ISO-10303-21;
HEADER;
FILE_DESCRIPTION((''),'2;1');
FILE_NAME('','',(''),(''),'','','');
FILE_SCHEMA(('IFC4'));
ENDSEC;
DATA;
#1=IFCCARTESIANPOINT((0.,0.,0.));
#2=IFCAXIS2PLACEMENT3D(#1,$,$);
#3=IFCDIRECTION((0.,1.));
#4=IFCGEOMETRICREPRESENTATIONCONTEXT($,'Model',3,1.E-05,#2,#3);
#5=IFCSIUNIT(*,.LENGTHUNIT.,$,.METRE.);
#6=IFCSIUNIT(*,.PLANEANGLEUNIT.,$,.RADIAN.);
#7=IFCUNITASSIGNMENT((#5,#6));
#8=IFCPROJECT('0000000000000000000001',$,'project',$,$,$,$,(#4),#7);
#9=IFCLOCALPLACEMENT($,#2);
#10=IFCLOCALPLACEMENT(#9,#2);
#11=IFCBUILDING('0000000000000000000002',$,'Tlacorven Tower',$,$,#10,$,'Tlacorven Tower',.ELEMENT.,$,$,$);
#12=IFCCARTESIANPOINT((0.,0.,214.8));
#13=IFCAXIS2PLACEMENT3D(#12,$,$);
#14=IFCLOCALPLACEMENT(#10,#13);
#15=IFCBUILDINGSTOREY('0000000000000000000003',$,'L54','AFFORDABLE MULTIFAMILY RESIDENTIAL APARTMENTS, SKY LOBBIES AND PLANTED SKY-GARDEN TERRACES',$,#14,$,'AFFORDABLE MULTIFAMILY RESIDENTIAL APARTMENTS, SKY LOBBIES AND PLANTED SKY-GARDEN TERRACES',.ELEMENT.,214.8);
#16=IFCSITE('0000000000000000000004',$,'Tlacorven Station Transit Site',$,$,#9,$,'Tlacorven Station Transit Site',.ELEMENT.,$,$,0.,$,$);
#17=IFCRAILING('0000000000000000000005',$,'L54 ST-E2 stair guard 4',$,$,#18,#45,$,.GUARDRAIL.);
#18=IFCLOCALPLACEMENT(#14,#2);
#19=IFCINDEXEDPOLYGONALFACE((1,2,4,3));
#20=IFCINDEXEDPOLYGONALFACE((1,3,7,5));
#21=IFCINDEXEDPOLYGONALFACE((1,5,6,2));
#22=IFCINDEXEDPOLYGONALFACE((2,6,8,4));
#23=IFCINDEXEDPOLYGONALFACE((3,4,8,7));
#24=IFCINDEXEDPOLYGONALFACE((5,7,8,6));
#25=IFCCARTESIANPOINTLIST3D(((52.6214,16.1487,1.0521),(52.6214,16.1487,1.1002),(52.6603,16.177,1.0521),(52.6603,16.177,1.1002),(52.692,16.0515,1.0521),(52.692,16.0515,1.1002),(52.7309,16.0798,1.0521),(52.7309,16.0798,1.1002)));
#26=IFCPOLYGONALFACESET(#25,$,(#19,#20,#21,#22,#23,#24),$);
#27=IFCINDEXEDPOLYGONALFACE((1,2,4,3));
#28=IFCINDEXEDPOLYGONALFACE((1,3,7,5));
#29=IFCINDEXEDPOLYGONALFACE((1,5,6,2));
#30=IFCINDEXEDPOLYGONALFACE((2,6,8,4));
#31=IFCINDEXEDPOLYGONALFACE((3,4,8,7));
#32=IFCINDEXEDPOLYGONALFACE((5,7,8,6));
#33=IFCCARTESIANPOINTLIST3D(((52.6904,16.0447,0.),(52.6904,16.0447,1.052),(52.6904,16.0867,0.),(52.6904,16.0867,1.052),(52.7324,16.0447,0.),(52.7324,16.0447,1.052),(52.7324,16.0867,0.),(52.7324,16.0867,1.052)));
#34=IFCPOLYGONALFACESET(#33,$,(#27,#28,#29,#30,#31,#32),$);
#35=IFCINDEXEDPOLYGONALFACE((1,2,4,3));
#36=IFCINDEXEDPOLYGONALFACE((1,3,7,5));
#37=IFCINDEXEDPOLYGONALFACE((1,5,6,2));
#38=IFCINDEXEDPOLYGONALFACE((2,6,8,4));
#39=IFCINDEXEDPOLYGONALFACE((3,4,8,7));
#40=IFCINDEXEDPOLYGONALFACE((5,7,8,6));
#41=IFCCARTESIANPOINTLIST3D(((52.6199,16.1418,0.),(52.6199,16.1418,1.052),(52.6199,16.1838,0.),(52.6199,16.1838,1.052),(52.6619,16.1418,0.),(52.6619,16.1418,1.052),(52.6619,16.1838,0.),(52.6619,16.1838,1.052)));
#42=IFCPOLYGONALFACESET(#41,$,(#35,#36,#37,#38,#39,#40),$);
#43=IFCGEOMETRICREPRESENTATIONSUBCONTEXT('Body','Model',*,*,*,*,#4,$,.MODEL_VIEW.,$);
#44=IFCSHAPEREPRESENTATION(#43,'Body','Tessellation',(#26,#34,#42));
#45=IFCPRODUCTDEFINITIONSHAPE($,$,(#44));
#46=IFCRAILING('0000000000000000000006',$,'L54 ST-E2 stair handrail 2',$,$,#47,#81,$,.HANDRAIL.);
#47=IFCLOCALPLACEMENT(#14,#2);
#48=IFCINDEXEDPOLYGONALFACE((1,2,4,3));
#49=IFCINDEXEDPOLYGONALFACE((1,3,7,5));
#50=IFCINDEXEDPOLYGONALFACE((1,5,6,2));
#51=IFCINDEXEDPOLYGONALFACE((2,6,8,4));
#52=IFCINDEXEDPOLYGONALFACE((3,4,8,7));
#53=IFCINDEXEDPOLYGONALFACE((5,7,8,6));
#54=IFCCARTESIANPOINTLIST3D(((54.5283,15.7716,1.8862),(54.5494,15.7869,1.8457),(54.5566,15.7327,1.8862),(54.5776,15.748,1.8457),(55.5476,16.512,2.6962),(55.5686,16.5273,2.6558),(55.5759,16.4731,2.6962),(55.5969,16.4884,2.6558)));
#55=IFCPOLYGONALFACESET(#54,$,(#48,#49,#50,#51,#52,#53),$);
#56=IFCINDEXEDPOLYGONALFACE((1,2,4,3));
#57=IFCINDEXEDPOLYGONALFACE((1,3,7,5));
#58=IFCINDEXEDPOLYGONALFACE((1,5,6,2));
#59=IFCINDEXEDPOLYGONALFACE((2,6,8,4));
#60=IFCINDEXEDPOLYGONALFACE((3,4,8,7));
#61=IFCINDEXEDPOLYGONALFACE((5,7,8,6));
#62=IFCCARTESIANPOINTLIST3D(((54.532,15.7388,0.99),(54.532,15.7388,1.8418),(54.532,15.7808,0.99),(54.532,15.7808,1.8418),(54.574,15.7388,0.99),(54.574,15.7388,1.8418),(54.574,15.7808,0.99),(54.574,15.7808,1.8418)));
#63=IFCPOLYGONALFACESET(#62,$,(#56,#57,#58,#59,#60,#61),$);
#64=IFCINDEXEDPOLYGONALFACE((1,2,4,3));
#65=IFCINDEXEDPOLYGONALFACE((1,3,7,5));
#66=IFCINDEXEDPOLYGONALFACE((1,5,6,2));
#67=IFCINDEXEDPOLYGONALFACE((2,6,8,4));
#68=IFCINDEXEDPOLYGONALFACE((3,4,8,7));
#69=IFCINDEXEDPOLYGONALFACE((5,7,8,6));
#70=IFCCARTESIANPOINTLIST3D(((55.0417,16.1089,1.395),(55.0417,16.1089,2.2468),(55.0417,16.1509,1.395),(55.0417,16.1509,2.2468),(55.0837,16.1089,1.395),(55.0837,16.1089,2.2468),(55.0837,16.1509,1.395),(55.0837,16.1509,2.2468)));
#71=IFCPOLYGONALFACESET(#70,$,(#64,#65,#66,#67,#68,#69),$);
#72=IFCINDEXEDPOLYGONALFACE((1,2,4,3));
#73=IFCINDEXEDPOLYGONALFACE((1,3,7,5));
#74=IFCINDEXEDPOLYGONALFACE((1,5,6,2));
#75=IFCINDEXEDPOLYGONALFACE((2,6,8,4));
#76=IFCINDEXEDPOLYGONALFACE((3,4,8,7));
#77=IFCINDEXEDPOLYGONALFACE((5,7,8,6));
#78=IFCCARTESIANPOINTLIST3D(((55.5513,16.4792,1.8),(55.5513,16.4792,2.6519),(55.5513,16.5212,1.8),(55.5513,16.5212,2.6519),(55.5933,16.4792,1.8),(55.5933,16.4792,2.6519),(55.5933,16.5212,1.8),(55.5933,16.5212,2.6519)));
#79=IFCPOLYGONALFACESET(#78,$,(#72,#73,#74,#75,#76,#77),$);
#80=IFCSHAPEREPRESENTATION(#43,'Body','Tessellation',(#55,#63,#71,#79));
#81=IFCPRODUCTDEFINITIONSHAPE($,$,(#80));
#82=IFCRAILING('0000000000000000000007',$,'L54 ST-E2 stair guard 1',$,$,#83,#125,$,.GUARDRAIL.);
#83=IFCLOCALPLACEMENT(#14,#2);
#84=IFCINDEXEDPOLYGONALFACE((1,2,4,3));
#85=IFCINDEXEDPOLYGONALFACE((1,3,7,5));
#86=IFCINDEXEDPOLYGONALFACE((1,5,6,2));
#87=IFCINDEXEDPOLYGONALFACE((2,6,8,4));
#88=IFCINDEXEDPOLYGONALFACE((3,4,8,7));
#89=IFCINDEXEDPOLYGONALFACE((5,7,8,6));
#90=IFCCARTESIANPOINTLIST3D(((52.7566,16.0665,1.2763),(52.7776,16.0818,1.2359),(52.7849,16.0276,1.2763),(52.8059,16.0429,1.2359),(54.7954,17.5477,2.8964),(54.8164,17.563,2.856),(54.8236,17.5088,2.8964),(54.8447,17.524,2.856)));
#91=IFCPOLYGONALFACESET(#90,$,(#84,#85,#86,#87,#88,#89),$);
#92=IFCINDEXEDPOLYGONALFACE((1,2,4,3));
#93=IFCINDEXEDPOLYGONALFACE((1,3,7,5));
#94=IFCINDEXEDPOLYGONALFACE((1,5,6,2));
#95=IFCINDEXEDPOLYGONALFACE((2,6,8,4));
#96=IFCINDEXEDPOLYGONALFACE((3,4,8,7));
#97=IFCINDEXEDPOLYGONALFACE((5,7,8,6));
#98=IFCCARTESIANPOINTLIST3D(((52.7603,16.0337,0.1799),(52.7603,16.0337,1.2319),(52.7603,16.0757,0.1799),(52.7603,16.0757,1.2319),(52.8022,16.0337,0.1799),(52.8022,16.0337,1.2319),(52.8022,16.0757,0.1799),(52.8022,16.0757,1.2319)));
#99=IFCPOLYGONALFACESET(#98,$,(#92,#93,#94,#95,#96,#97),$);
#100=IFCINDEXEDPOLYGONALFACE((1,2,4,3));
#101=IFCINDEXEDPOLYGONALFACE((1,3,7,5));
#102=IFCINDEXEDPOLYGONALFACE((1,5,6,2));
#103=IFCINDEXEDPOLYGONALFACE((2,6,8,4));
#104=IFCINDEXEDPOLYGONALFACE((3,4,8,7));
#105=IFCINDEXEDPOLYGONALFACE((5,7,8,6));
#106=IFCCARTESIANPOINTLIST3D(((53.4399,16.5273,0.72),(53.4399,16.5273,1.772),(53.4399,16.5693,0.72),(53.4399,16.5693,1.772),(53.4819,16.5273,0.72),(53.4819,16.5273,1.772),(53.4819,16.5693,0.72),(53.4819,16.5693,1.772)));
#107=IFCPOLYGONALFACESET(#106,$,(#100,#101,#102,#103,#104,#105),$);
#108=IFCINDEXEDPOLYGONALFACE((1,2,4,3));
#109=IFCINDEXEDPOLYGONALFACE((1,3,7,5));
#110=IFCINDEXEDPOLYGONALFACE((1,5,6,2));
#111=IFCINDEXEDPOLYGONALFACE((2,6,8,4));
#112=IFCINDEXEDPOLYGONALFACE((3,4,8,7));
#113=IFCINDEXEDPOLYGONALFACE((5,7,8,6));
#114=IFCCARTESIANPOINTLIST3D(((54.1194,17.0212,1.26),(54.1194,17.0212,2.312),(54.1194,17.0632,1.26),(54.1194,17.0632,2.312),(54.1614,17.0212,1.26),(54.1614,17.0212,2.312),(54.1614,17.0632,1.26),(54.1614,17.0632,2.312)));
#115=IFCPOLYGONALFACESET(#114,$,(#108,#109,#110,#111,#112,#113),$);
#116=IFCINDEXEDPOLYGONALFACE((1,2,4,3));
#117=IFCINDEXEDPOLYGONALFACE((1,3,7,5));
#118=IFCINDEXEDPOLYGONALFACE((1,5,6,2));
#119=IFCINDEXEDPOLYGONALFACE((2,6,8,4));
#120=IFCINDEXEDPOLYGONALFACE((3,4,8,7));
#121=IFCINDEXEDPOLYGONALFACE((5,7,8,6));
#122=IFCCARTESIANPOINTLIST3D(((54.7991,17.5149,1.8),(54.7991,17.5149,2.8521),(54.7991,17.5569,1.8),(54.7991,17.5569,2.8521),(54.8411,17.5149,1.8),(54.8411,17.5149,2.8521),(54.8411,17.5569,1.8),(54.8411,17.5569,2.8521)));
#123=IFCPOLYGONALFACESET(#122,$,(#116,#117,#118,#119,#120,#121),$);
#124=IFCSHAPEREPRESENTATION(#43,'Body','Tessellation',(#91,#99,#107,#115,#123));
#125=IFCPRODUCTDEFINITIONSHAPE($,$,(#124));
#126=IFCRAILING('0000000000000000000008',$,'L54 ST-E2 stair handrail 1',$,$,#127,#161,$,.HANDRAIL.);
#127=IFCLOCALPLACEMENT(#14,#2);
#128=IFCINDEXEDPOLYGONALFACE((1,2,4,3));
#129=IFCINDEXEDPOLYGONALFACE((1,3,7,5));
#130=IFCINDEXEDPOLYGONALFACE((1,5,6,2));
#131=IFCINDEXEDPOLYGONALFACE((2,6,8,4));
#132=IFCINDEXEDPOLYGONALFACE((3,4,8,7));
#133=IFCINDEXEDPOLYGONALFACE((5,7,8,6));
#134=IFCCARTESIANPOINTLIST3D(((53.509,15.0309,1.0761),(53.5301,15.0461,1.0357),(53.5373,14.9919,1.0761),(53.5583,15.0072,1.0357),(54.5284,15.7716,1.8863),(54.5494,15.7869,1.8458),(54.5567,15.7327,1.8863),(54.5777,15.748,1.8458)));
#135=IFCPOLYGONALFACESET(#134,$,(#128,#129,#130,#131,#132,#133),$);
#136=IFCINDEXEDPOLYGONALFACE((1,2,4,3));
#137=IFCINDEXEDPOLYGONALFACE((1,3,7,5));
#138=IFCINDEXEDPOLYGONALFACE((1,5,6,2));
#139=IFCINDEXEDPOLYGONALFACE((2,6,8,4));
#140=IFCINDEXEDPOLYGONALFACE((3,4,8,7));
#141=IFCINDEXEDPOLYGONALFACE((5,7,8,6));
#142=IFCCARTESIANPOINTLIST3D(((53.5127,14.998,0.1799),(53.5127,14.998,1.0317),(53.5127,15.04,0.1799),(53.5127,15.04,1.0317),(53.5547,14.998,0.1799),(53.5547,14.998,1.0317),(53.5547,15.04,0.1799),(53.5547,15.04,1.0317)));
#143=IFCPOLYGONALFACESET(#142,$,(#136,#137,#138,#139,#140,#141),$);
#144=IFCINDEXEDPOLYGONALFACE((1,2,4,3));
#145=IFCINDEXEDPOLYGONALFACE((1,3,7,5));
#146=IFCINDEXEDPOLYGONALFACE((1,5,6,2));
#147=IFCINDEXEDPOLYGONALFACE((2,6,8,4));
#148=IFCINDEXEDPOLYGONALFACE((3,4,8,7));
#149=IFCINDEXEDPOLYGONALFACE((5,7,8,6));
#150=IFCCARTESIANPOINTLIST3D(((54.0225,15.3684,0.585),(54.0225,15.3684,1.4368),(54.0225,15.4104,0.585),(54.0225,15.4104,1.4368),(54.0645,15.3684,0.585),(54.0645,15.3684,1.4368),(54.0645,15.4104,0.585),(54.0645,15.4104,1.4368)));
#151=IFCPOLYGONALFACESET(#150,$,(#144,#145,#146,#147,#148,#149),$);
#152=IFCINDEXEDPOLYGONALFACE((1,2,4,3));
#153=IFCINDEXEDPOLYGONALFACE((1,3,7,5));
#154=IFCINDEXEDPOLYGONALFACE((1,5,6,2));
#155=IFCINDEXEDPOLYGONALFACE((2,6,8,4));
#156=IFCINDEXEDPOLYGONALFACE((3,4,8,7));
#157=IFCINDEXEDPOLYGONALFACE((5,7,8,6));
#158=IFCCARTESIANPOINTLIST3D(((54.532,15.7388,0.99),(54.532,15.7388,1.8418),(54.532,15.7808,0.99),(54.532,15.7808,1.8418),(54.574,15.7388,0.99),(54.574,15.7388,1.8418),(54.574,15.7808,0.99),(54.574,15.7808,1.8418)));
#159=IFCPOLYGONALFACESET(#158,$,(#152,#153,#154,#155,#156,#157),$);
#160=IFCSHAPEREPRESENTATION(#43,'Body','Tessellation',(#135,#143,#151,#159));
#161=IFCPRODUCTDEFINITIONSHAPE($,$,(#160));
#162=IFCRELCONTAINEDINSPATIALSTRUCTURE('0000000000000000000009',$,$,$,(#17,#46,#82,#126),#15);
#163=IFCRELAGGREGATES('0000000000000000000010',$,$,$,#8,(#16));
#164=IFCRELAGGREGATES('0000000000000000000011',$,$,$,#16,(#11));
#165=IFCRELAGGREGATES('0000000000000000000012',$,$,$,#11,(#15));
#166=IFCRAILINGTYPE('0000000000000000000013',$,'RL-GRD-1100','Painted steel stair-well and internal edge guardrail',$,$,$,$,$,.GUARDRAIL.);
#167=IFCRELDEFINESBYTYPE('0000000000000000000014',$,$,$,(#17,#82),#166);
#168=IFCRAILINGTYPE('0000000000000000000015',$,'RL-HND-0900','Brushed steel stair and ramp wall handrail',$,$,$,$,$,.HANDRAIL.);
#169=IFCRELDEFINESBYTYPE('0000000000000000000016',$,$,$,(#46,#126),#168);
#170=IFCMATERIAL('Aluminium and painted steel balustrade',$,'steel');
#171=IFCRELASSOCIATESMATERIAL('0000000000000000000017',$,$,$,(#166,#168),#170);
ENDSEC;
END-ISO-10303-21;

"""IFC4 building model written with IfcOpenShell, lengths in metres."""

from ifc_helpers import new_model, si_unit, direction, frame, origin, origin_2d, place, context, subcontext, project, spatial, rectangle, extrude, source, transform, mapped, material, type_object, element, save


model = new_model("IFC4")

# Units and contexts
model_context = context("Model", 3, precision=1e-05, world=origin(), true_north=direction((0.0, 1.0)))
body_context = subcontext(model_context, "Body", "Model", "MODEL_VIEW")
ifc_project = project(units=[si_unit("LENGTHUNIT", "METRE"), si_unit("PLANEANGLEUNIT", "RADIAN")], contexts=[model_context])

# Site, building, storey
site_placement = place(None, origin())
site = spatial("IfcSite", under=ifc_project, at=site_placement, Name="Tlacorven Station Transit Site", LongName="Tlacorven Station Transit Site", CompositionType="ELEMENT", RefElevation=0.0)
building_placement = place(site_placement, origin())
building = spatial("IfcBuilding", under=site, at=building_placement, Name="Tlacorven Tower", LongName="Tlacorven Tower", CompositionType="ELEMENT")
storey_placement = place(building_placement, frame((0.0, 0.0, 214.8)))
storey = spatial("IfcBuildingStorey", under=building, at=storey_placement, Name="L54", Description="AFFORDABLE MULTIFAMILY RESIDENTIAL APARTMENTS, SKY LOBBIES AND PLANTED SKY-GARDEN TERRACES", LongName="AFFORDABLE MULTIFAMILY RESIDENTIAL APARTMENTS, SKY LOBBIES AND PLANTED SKY-GARDEN TERRACES", CompositionType="ELEMENT", Elevation=214.8)

# Railings
ifc_material_1 = material(Name="Aluminium and painted steel balustrade", Category="steel")
railing_type_1 = type_object("IfcRailingType", Name="RL-GRD-1100", Description="Painted steel stair-well and internal edge guardrail", PredefinedType="GUARDRAIL", material=ifc_material_1)
shared_shape_1 = source(origin(), body_context, "Body", "SweptSolid", [
    extrude(rectangle(XDim=0.0481, YDim=0.0481, at=origin_2d()), frame((0.0, 0.0, 1.0762), z_axis=(-0.587567, 0.809175, 0.0), x_axis=(-0.809175, -0.587567, 0.0)), (0.0, 0.0, 1.0), 0.1201),
    extrude(rectangle(XDim=0.042, YDim=0.042, at=origin_2d()), origin(), (0.0, 0.0, 1.0), 1.052),
    extrude(rectangle(XDim=0.042, YDim=0.042, at=origin_2d()), frame((-0.0706, 0.0972, 0.0)), (0.0, 0.0, 1.0), 1.052),
])
railing_1_placement = place(storey_placement, frame((52.7114, 16.0657, 0.0)))
element("IfcRailing", 1, at=railing_1_placement, inside=storey, type_object=railing_type_1, Name="L54 ST-E2 stair guard 4", PredefinedType="GUARDRAIL", context=body_context, shape_type="MappedRepresentation", body=[
    mapped(shared_shape_1, transform((0.0, 0.0, 0.0), scale=1.0)),
])
railing_type_2 = type_object("IfcRailingType", Name="RL-HND-0900", Description="Brushed steel stair and ramp wall handrail", PredefinedType="HANDRAIL", material=ifc_material_1)
shared_shape_2 = source(origin(), body_context, "Body", "SweptSolid", [
    extrude(rectangle(XDim=0.0481, YDim=0.0481, at=origin_2d()), frame((0.0, 0.0, 0.876), z_axis=(0.680516, 0.494373, 0.540827), x_axis=(-0.587745, 0.809046, 0.0)), (0.0, 0.0, 1.0), 1.4978),
    extrude(rectangle(XDim=0.042, YDim=0.042, at=origin_2d()), origin(), (0.0, 0.0, 1.0), 0.8518),
    extrude(rectangle(XDim=0.042, YDim=0.042, at=origin_2d()), frame((0.5098, 0.3701, 0.405)), (0.0, 0.0, 1.0), 0.8518),
    extrude(rectangle(XDim=0.042, YDim=0.042, at=origin_2d()), frame((1.0193, 0.7405, 0.8101)), (0.0, 0.0, 1.0), 0.8518),
])
railing_2_placement = place(storey_placement, frame((54.553, 15.7598, 0.99)))
element("IfcRailing", 2, at=railing_2_placement, inside=storey, type_object=railing_type_2, Name="L54 ST-E2 stair handrail 2", PredefinedType="HANDRAIL", context=body_context, shape_type="MappedRepresentation", body=[
    mapped(shared_shape_2, transform((0.0, 0.0, 0.0), scale=1.0)),
])
shared_shape_3 = source(origin(), body_context, "Body", "SweptSolid", [
    extrude(rectangle(XDim=0.0481, YDim=0.0481, at=origin_2d()), frame((0.0, 0.0, 1.0762), z_axis=(0.680532, 0.494407, 0.540775), x_axis=(-0.587763, 0.809033, 0.0)), (0.0, 0.0, 1.0), 2.9958),
    extrude(rectangle(XDim=0.042, YDim=0.042, at=origin_2d()), origin(), (0.0, 0.0, 1.0), 1.052),
    extrude(rectangle(XDim=0.042, YDim=0.042, at=origin_2d()), frame((0.6797, 0.4937, 0.54)), (0.0, 0.0, 1.0), 1.052),
    extrude(rectangle(XDim=0.042, YDim=0.042, at=origin_2d()), frame((1.3591, 0.9875, 1.0801)), (0.0, 0.0, 1.0), 1.052),
    extrude(rectangle(XDim=0.042, YDim=0.042, at=origin_2d()), frame((2.0388, 1.4812, 1.6201)), (0.0, 0.0, 1.0), 1.052),
])
railing_3_placement = place(storey_placement, frame((52.7812, 16.0547, 0.1799)))
element("IfcRailing", 3, at=railing_3_placement, inside=storey, type_object=railing_type_1, Name="L54 ST-E2 stair guard 1", PredefinedType="GUARDRAIL", context=body_context, shape_type="MappedRepresentation", body=[
    mapped(shared_shape_3, transform((0.0, 0.0, 0.0), scale=1.0)),
])
shared_shape_4 = source(origin(), body_context, "Body", "SweptSolid", [
    extrude(rectangle(XDim=0.0481, YDim=0.0481, at=origin_2d()), frame((0.0, 0.0, 0.876), z_axis=(0.680461, 0.494496, 0.540783), x_axis=(-0.587872, 0.808954, 0.0)), (0.0, 0.0, 1.0), 1.498),
    extrude(rectangle(XDim=0.042, YDim=0.042, at=origin_2d()), origin(), (0.0, 0.0, 1.0), 0.8518),
    extrude(rectangle(XDim=0.042, YDim=0.042, at=origin_2d()), frame((0.5098, 0.3704, 0.405)), (0.0, 0.0, 1.0), 0.8518),
    extrude(rectangle(XDim=0.042, YDim=0.042, at=origin_2d()), frame((1.0193, 0.7407, 0.8101)), (0.0, 0.0, 1.0), 0.8518),
])
railing_4_placement = place(storey_placement, frame((53.5337, 15.019, 0.1799)))
element("IfcRailing", 4, at=railing_4_placement, inside=storey, type_object=railing_type_2, Name="L54 ST-E2 stair handrail 1", PredefinedType="HANDRAIL", context=body_context, shape_type="MappedRepresentation", body=[
    mapped(shared_shape_4, transform((0.0, 0.0, 0.0), scale=1.0)),
])

save(model, "model.ifc")
